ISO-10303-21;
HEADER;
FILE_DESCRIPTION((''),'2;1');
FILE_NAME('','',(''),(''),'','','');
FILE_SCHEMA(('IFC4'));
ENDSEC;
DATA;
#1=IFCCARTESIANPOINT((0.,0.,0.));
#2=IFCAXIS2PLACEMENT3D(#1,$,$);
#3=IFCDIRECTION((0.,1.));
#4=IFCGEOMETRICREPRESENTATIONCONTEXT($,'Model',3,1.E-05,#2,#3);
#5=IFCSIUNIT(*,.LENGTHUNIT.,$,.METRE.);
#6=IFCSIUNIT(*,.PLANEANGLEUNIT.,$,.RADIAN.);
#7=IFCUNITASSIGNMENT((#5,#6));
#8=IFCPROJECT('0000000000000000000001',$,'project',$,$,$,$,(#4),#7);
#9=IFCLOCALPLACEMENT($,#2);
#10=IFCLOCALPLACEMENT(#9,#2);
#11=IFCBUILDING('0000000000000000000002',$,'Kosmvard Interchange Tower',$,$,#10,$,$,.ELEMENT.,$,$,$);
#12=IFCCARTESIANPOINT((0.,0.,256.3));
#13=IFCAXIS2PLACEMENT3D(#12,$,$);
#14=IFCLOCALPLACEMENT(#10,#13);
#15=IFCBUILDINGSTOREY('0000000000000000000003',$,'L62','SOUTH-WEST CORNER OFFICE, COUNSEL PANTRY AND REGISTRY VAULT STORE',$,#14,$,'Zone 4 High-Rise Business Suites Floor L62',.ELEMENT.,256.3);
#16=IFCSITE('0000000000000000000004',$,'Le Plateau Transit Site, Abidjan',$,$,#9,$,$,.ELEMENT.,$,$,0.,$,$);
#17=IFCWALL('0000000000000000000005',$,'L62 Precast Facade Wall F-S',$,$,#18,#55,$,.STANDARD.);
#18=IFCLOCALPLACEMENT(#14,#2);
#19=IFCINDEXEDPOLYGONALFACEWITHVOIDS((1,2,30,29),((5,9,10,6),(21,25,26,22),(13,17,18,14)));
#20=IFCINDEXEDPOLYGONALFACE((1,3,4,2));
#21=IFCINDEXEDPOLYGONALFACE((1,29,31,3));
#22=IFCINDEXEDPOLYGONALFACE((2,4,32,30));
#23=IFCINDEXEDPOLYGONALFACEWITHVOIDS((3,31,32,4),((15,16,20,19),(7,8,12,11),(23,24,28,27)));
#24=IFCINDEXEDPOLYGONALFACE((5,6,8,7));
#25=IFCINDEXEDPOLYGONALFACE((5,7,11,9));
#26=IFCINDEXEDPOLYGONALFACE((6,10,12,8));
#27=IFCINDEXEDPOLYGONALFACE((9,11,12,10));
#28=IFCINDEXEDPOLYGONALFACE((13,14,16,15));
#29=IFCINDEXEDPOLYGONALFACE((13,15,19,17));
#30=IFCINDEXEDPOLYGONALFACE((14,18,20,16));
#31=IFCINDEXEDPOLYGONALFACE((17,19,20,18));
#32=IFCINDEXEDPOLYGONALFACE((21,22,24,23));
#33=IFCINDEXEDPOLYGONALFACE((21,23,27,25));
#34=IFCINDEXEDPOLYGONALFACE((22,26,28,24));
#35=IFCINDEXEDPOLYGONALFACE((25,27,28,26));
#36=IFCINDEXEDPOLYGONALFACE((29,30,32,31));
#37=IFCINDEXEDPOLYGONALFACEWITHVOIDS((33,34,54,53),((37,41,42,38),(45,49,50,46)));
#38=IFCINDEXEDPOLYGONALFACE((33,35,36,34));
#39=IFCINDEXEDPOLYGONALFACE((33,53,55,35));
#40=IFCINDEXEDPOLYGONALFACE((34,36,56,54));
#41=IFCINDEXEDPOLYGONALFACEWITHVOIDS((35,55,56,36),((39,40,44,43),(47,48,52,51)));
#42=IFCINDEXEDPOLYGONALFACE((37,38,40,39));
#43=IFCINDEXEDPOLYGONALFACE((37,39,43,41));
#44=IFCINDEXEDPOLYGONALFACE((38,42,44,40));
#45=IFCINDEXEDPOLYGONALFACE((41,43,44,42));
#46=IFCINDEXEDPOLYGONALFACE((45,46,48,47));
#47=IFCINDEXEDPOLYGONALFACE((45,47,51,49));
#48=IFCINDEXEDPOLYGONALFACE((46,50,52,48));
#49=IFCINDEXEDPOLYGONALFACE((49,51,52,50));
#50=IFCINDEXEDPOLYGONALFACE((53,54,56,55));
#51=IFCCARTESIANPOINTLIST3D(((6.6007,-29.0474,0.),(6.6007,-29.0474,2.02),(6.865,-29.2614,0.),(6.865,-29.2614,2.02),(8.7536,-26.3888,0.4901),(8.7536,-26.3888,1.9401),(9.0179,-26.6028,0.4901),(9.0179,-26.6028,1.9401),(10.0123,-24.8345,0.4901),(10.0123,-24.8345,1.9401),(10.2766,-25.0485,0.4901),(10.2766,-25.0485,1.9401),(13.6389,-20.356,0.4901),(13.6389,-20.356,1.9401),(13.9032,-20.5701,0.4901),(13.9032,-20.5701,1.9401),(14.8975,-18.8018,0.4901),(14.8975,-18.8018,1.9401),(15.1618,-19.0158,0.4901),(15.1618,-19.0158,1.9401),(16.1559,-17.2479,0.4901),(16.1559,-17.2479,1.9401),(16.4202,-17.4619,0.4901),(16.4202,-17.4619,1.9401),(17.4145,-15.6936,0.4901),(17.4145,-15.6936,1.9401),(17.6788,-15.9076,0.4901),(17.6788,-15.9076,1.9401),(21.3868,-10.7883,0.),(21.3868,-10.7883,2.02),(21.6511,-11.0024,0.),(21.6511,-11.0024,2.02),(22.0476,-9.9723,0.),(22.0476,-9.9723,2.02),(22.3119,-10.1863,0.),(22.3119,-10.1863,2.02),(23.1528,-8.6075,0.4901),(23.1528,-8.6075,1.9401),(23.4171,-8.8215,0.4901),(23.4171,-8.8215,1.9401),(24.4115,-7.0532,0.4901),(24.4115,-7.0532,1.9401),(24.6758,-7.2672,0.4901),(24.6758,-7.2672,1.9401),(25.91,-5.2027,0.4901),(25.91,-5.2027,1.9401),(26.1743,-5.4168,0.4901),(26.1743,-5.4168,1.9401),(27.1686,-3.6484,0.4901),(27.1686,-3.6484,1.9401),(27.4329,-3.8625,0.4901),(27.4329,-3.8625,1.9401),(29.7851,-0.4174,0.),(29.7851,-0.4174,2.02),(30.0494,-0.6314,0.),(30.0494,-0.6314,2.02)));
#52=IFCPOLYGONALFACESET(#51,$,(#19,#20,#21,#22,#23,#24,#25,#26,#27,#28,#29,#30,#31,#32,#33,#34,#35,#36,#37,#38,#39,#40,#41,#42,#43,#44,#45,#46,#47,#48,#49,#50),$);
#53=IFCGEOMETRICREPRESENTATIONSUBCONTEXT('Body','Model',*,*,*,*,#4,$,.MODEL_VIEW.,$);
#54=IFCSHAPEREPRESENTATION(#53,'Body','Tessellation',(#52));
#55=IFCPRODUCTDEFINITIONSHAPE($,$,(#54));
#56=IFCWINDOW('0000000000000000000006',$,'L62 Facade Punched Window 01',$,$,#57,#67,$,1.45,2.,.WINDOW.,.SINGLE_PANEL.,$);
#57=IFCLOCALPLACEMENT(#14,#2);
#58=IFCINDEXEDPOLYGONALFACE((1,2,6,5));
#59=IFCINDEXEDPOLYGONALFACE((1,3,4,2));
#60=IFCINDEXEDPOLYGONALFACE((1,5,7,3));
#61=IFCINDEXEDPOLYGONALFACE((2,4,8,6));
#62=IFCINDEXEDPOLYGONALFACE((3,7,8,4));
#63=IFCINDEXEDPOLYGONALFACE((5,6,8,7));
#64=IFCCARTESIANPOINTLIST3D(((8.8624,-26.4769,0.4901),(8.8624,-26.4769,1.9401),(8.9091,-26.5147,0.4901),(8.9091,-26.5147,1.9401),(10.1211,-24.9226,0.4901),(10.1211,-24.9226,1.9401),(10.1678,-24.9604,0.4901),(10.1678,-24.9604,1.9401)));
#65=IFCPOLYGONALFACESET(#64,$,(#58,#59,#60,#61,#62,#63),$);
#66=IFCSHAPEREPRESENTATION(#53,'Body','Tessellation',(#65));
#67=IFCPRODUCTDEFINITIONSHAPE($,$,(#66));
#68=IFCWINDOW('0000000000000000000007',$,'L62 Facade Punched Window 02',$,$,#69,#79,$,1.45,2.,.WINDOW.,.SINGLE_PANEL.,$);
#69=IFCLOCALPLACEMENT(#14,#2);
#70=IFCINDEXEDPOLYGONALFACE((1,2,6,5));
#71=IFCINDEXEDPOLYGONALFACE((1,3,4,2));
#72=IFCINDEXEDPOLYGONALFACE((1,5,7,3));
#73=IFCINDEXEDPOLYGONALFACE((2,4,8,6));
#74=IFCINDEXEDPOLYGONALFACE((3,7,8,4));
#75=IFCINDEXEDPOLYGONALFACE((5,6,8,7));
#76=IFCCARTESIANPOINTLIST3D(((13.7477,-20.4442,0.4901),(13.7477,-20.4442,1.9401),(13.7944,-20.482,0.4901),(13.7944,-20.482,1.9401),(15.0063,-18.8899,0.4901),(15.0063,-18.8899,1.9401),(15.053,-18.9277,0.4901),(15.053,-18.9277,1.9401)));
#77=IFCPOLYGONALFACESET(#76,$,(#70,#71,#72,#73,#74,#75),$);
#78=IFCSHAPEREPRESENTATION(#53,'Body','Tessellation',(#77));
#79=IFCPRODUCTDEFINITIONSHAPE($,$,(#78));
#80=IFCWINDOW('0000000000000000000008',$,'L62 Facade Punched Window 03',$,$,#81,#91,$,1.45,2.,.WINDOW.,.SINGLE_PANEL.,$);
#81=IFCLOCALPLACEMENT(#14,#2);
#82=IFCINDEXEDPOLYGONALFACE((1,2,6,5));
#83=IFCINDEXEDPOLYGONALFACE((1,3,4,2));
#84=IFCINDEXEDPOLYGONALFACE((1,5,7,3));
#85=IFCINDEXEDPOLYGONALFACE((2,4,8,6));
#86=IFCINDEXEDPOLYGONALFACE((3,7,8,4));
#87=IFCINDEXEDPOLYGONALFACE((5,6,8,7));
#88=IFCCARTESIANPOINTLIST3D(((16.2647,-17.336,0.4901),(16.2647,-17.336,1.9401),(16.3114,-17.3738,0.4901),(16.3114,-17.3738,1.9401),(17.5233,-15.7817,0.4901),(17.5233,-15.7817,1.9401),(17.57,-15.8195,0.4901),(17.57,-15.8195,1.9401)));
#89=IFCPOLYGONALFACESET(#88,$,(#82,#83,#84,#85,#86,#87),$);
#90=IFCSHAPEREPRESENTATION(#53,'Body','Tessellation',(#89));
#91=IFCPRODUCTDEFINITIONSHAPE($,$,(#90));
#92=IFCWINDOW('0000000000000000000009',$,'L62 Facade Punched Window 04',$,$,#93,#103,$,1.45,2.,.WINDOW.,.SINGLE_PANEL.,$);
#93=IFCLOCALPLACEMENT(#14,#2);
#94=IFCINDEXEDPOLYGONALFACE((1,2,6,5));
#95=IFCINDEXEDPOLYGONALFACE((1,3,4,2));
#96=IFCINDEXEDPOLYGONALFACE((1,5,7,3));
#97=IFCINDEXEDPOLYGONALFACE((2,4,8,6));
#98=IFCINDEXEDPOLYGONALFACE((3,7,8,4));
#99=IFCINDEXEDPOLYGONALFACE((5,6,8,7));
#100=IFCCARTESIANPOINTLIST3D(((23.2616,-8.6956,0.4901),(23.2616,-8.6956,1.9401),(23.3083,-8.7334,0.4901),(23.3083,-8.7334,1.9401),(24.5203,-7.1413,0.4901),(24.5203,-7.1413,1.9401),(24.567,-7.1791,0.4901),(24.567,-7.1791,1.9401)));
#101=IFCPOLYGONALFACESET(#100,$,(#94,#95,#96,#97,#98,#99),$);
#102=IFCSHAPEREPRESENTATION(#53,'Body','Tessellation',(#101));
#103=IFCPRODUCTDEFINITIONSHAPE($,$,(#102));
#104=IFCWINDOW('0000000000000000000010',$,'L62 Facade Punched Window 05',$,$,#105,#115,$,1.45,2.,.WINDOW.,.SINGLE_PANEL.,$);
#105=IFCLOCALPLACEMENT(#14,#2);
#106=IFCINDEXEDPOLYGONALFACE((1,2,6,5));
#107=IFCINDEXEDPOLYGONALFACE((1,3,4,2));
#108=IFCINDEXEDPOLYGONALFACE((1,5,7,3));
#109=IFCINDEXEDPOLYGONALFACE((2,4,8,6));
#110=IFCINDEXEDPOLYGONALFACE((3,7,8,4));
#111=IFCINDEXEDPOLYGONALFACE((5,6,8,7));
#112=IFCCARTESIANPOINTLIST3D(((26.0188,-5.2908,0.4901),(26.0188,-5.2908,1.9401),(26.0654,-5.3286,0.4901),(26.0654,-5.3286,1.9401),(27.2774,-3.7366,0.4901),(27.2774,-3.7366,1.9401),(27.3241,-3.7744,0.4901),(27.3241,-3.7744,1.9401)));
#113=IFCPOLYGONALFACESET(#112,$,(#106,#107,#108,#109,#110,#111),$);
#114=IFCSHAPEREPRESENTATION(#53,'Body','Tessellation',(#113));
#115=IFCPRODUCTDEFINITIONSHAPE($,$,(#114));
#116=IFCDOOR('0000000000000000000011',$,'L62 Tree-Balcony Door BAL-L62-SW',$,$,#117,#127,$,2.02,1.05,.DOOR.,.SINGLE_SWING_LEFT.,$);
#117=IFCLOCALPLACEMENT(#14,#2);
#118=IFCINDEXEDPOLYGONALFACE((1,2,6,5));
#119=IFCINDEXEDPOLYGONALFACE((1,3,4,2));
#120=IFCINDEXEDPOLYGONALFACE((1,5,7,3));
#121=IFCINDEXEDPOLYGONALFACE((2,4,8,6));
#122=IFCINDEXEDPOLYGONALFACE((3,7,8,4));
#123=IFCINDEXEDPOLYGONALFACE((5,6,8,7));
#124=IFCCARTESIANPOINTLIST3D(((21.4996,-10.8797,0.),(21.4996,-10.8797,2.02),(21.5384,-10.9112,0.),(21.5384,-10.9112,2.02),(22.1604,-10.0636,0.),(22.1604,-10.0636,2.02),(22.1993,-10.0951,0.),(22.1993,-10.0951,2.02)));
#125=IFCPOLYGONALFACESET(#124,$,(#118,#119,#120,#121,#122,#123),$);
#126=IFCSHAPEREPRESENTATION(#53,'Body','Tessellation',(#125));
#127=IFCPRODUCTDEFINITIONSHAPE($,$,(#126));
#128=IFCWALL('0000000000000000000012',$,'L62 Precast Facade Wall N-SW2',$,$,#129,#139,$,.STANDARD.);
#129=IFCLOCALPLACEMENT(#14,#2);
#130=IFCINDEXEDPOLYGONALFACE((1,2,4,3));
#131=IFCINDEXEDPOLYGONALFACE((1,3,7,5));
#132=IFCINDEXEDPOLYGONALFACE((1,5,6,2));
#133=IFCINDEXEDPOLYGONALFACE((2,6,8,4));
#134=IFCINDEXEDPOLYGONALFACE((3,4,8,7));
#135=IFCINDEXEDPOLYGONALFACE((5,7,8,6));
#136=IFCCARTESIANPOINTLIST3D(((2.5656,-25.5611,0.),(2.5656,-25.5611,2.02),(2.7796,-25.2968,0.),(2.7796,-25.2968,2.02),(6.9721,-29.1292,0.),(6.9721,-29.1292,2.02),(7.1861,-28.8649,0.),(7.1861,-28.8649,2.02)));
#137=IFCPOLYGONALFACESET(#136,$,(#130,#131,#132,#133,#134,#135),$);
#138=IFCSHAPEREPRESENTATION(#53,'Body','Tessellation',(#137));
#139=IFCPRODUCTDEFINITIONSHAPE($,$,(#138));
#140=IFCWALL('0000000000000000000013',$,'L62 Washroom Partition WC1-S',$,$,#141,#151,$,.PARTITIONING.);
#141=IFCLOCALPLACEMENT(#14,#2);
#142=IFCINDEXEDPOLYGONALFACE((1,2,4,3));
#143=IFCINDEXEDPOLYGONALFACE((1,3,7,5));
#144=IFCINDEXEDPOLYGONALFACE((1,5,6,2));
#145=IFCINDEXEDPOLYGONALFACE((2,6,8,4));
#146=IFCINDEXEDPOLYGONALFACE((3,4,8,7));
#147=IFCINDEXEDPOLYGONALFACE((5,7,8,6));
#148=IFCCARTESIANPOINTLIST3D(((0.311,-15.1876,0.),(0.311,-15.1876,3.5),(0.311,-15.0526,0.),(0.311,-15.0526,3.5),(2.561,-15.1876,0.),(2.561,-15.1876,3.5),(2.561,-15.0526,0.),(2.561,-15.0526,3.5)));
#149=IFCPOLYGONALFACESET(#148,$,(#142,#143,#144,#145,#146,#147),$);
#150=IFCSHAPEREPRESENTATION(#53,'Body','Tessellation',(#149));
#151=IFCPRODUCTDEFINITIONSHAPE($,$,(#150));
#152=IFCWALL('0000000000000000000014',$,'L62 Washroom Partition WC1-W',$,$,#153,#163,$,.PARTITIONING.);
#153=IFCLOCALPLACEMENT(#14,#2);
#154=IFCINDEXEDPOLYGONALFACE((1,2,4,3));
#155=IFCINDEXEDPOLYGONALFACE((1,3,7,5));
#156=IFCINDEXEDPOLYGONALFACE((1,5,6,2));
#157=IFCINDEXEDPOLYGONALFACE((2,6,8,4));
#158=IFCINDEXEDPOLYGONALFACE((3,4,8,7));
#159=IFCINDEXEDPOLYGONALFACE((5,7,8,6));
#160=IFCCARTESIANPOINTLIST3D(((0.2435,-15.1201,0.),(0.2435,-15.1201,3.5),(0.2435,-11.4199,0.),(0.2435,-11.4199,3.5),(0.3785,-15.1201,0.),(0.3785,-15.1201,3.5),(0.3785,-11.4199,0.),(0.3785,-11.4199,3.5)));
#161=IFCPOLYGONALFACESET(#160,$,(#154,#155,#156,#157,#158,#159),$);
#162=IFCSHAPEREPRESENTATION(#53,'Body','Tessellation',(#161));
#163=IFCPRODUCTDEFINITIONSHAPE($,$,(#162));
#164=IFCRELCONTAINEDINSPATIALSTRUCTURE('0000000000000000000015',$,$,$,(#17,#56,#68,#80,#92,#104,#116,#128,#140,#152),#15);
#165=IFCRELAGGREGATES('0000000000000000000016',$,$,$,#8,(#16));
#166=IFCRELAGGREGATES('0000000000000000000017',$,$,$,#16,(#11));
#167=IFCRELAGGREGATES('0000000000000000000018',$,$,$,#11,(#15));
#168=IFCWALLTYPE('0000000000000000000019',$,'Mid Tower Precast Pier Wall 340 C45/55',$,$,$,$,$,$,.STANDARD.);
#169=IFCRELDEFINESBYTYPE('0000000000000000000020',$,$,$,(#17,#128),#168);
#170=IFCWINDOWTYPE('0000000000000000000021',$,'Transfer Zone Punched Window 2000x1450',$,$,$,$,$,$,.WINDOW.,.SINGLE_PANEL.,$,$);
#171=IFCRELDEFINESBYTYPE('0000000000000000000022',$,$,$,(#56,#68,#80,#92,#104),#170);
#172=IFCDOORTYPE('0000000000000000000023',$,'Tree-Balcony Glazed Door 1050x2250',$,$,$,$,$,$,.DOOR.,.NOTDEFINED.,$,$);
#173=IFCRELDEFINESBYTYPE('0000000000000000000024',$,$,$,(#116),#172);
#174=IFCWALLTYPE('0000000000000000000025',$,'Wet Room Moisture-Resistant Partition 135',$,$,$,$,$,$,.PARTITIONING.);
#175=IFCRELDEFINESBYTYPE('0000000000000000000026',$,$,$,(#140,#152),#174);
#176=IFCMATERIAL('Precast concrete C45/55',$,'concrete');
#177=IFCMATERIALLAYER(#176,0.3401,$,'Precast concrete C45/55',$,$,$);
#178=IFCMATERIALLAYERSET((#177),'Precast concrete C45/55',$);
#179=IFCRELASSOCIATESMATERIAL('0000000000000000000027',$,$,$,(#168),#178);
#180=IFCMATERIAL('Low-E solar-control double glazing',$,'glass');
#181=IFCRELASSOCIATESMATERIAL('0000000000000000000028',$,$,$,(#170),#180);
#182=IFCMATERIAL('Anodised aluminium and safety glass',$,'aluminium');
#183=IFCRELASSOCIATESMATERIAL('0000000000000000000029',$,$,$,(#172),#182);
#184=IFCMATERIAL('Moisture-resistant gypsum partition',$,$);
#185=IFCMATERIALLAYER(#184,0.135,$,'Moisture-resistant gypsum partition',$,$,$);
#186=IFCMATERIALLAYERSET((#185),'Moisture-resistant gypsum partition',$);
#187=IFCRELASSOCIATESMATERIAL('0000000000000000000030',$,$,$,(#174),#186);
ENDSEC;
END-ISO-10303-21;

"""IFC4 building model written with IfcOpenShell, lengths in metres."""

from ifc_helpers import new_model, si_unit, direction, frame, frame_2d, origin, place, context, subcontext, project, spatial, rectangle, extrude, source, transform, mapped, material, layer, layer_set, type_object, element, fill, save


model = new_model("IFC4")

# Units and contexts
model_context = context("Model", 3, precision=1e-05, world=origin(), true_north=direction((0.0, 1.0)))
body_context = subcontext(model_context, "Body", "Model", "MODEL_VIEW")
ifc_project = project(units=[si_unit("LENGTHUNIT", "METRE"), si_unit("PLANEANGLEUNIT", "RADIAN")], contexts=[model_context])

# Site, building, storey
site_placement = place(None, origin())
site = spatial("IfcSite", under=ifc_project, at=site_placement, Name="Le Plateau Transit Site, Abidjan", CompositionType="ELEMENT", RefElevation=0.0)
building_placement = place(site_placement, origin())
building = spatial("IfcBuilding", under=site, at=building_placement, Name="Kosmvard Interchange Tower", CompositionType="ELEMENT")
storey_placement = place(building_placement, frame((0.0, 0.0, 256.3)))
storey = spatial("IfcBuildingStorey", under=building, at=storey_placement, Name="L62", Description="SOUTH-WEST CORNER OFFICE, COUNSEL PANTRY AND REGISTRY VAULT STORE", LongName="Zone 4 High-Rise Business Suites Floor L62", CompositionType="ELEMENT", Elevation=256.3)

# Wall, openings, windows, door
ifc_material_1 = material(Name="Precast concrete C45/55", Category="concrete")
ifc_layer_1 = layer(ifc_material_1, 0.3401, Name="Precast concrete C45/55")
ifc_layer_set_1 = layer_set([ifc_layer_1], Name="Precast concrete C45/55")
wall_type_1 = type_object("IfcWallType", Name="Mid Tower Precast Pier Wall 340 C45/55", PredefinedType="STANDARD", material=ifc_layer_set_1)
wall_1_placement = place(storey_placement, frame((6.7329, -29.1543, 0.0), z_axis=(0.0, 0.0, 1.0), x_axis=(0.629325, 0.777142, 0.0)))
wall_1 = element("IfcWall", 1, at=wall_1_placement, inside=storey, type_object=wall_type_1, Name="L62 Precast Facade Wall F-S", PredefinedType="STANDARD", context=body_context, shape_type="SweptSolid", body=[
    extrude(rectangle(XDim=36.8401, YDim=0.3401, at=frame_2d((18.4199, 0.0))), origin(), (0.0, 0.0, 1.0), 2.02),
])
opening_1_placement = place(wall_1_placement, frame((23.4951, 0.0, 0.0)))
opening_1 = element("IfcOpeningElement", 2, at=opening_1_placement, cuts=wall_1, PredefinedType="OPENING", context=body_context, shape_type="SweptSolid", body=[
    extrude(rectangle(XDim=1.05, YDim=2.02, at=frame_2d((0.5249, 1.01))), frame((0.0, 0.1802, 0.0), z_axis=(0.0, -1.0, 0.0), x_axis=(1.0, 0.0, 0.0)), (0.0, 0.0, 1.0), 0.3601),
])
opening_2_placement = place(wall_1_placement, frame((3.4209, 0.0, 0.49)))
opening_2 = element("IfcOpeningElement", 3, at=opening_2_placement, cuts=wall_1, PredefinedType="OPENING", context=body_context, shape_type="SweptSolid", body=[
    extrude(rectangle(XDim=2.0, YDim=1.45, at=frame_2d((1.0, 0.7251))), frame((0.0, 0.1802, 0.0), z_axis=(0.0, -1.0, 0.0), x_axis=(1.0, 0.0, 0.0)), (0.0, 0.0, 1.0), 0.3601),
])
opening_3_placement = place(wall_1_placement, frame((11.1836, 0.0, 0.49)))
opening_3 = element("IfcOpeningElement", 4, at=opening_3_placement, cuts=wall_1, PredefinedType="OPENING", context=body_context, shape_type="SweptSolid", body=[
    extrude(rectangle(XDim=2.0, YDim=1.45, at=frame_2d((1.0, 0.7251))), frame((0.0, 0.1802, 0.0), z_axis=(0.0, -1.0, 0.0), x_axis=(1.0, 0.0, 0.0)), (0.0, 0.0, 1.0), 0.3601),
])
opening_4_placement = place(wall_1_placement, frame((15.1831, 0.0, 0.49)))
opening_4 = element("IfcOpeningElement", 5, at=opening_4_placement, cuts=wall_1, PredefinedType="OPENING", context=body_context, shape_type="SweptSolid", body=[
    extrude(rectangle(XDim=2.0, YDim=1.45, at=frame_2d((1.0, 0.7251))), frame((0.0, 0.1802, 0.0), z_axis=(0.0, -1.0, 0.0), x_axis=(1.0, 0.0, 0.0)), (0.0, 0.0, 1.0), 0.3601),
])
opening_5_placement = place(wall_1_placement, frame((26.3013, 0.0, 0.49)))
opening_5 = element("IfcOpeningElement", 6, at=opening_5_placement, cuts=wall_1, PredefinedType="OPENING", context=body_context, shape_type="SweptSolid", body=[
    extrude(rectangle(XDim=2.0, YDim=1.45, at=frame_2d((1.0, 0.7251))), frame((0.0, 0.1802, 0.0), z_axis=(0.0, -1.0, 0.0), x_axis=(1.0, 0.0, 0.0)), (0.0, 0.0, 1.0), 0.3601),
])
opening_6_placement = place(wall_1_placement, frame((30.6824, 0.0, 0.49)))
opening_6 = element("IfcOpeningElement", 7, at=opening_6_placement, cuts=wall_1, PredefinedType="OPENING", context=body_context, shape_type="SweptSolid", body=[
    extrude(rectangle(XDim=2.0, YDim=1.45, at=frame_2d((1.0, 0.7251))), frame((0.0, 0.1802, 0.0), z_axis=(0.0, -1.0, 0.0), x_axis=(1.0, 0.0, 0.0)), (0.0, 0.0, 1.0), 0.3601),
])
ifc_material_2 = material(Name="Low-E solar-control double glazing", Category="glass")
window_type = type_object("IfcWindowType", Name="Transfer Zone Punched Window 2000x1450", PartitioningType="SINGLE_PANEL", PredefinedType="WINDOW", material=ifc_material_2)
shared_shape_1 = source(origin(), body_context, "Body", "SweptSolid", [
    extrude(rectangle(XDim=2.0, YDim=1.45, at=frame_2d((1.0, 0.7251))), frame((0.0, 0.03, 0.0), z_axis=(0.0, -1.0, 0.0), x_axis=(1.0, 0.0, 0.0)), (0.0, 0.0, 1.0), 0.0601),
])
window_1_placement = place(opening_2_placement, origin())
window_1 = element("IfcWindow", 8, at=window_1_placement, inside=storey, type_object=window_type, Name="L62 Facade Punched Window 01", OverallHeight=1.45, OverallWidth=2.0, PartitioningType="SINGLE_PANEL", PredefinedType="WINDOW", context=body_context, shape_type="MappedRepresentation", body=[
    mapped(shared_shape_1, transform((0.0, 0.0, 0.0), scale=1.0)),
])
fill(opening_2, window_1)
window_2_placement = place(opening_3_placement, origin())
window_2 = element("IfcWindow", 9, at=window_2_placement, inside=storey, type_object=window_type, Name="L62 Facade Punched Window 02", OverallHeight=1.45, OverallWidth=2.0, PartitioningType="SINGLE_PANEL", PredefinedType="WINDOW", context=body_context, shape_type="MappedRepresentation", body=[
    mapped(shared_shape_1, transform((0.0, 0.0, 0.0), scale=1.0)),
])
fill(opening_3, window_2)
window_3_placement = place(opening_4_placement, origin())
window_3 = element("IfcWindow", 10, at=window_3_placement, inside=storey, type_object=window_type, Name="L62 Facade Punched Window 03", OverallHeight=1.45, OverallWidth=2.0, PartitioningType="SINGLE_PANEL", PredefinedType="WINDOW", context=body_context, shape_type="MappedRepresentation", body=[
    mapped(shared_shape_1, transform((0.0, 0.0, 0.0), scale=1.0)),
])
fill(opening_4, window_3)
window_4_placement = place(opening_5_placement, origin())
window_4 = element("IfcWindow", 11, at=window_4_placement, inside=storey, type_object=window_type, Name="L62 Facade Punched Window 04", OverallHeight=1.45, OverallWidth=2.0, PartitioningType="SINGLE_PANEL", PredefinedType="WINDOW", context=body_context, shape_type="MappedRepresentation", body=[
    mapped(shared_shape_1, transform((0.0, 0.0, 0.0), scale=1.0)),
])
fill(opening_5, window_4)
window_5_placement = place(opening_6_placement, origin())
window_5 = element("IfcWindow", 12, at=window_5_placement, inside=storey, type_object=window_type, Name="L62 Facade Punched Window 05", OverallHeight=1.45, OverallWidth=2.0, PartitioningType="SINGLE_PANEL", PredefinedType="WINDOW", context=body_context, shape_type="MappedRepresentation", body=[
    mapped(shared_shape_1, transform((0.0, 0.0, 0.0), scale=1.0)),
])
fill(opening_6, window_5)
ifc_material_3 = material(Name="Anodised aluminium and safety glass", Category="aluminium")
door_type = type_object("IfcDoorType", Name="Tree-Balcony Glazed Door 1050x2250", OperationType="NOTDEFINED", PredefinedType="DOOR", material=ifc_material_3)
shared_shape_2 = source(origin(), body_context, "Body", "SweptSolid", [
    extrude(rectangle(XDim=1.05, YDim=2.02, at=frame_2d((0.5249, 1.01))), frame((0.0, 0.0249, 0.0), z_axis=(0.0, -1.0, 0.0), x_axis=(1.0, 0.0, 0.0)), (0.0, 0.0, 1.0), 0.05),
])
door_placement = place(opening_1_placement, origin())
door = element("IfcDoor", 13, at=door_placement, inside=storey, type_object=door_type, Name="L62 Tree-Balcony Door BAL-L62-SW", OperationType="SINGLE_SWING_LEFT", OverallHeight=2.02, OverallWidth=1.05, PredefinedType="DOOR", context=body_context, shape_type="MappedRepresentation", body=[
    mapped(shared_shape_2, transform((0.0, 0.0, 0.0), scale=1.0)),
])
fill(opening_1, door)

# Walls
wall_2_placement = place(storey_placement, frame((2.6726, -25.429, 0.0), z_axis=(0.0, 0.0, 1.0), x_axis=(0.777163, -0.6293, 0.0)))
element("IfcWall", 14, at=wall_2_placement, inside=storey, type_object=wall_type_1, Name="L62 Precast Facade Wall N-SW2", PredefinedType="STANDARD", context=body_context, shape_type="SweptSolid", body=[
    extrude(rectangle(XDim=5.6699, YDim=0.3401, at=frame_2d((2.835, 0.0))), origin(), (0.0, 0.0, 1.0), 2.02),
])
ifc_material_4 = material(Name="Moisture-resistant gypsum partition")
ifc_layer_2 = layer(ifc_material_4, 0.135, Name="Moisture-resistant gypsum partition")
ifc_layer_set_2 = layer_set([ifc_layer_2], Name="Moisture-resistant gypsum partition")
wall_type_2 = type_object("IfcWallType", Name="Wet Room Moisture-Resistant Partition 135", PredefinedType="PARTITIONING", material=ifc_layer_set_2)
wall_3_placement = place(storey_placement, frame((0.311, -15.1201, 0.0), z_axis=(0.0, 0.0, 1.0), x_axis=(1.0, 0.0, 0.0)))
element("IfcWall", 15, at=wall_3_placement, inside=storey, type_object=wall_type_2, Name="L62 Washroom Partition WC1-S", PredefinedType="PARTITIONING", context=body_context, shape_type="SweptSolid", body=[
    extrude(rectangle(XDim=2.25, YDim=0.135, at=frame_2d((1.125, 0.0))), origin(), (0.0, 0.0, 1.0), 3.5),
])
wall_4_placement = place(storey_placement, frame((0.311, -15.1201, 0.0), z_axis=(0.0, 0.0, 1.0), x_axis=(0.0, 1.0, 0.0)))
element("IfcWall", 16, at=wall_4_placement, inside=storey, type_object=wall_type_2, Name="L62 Washroom Partition WC1-W", PredefinedType="PARTITIONING", context=body_context, shape_type="SweptSolid", body=[
    extrude(rectangle(XDim=3.7002, YDim=0.135, at=frame_2d((1.8501, 0.0))), origin(), (0.0, 0.0, 1.0), 3.5),
])

save(model, "model.ifc")
